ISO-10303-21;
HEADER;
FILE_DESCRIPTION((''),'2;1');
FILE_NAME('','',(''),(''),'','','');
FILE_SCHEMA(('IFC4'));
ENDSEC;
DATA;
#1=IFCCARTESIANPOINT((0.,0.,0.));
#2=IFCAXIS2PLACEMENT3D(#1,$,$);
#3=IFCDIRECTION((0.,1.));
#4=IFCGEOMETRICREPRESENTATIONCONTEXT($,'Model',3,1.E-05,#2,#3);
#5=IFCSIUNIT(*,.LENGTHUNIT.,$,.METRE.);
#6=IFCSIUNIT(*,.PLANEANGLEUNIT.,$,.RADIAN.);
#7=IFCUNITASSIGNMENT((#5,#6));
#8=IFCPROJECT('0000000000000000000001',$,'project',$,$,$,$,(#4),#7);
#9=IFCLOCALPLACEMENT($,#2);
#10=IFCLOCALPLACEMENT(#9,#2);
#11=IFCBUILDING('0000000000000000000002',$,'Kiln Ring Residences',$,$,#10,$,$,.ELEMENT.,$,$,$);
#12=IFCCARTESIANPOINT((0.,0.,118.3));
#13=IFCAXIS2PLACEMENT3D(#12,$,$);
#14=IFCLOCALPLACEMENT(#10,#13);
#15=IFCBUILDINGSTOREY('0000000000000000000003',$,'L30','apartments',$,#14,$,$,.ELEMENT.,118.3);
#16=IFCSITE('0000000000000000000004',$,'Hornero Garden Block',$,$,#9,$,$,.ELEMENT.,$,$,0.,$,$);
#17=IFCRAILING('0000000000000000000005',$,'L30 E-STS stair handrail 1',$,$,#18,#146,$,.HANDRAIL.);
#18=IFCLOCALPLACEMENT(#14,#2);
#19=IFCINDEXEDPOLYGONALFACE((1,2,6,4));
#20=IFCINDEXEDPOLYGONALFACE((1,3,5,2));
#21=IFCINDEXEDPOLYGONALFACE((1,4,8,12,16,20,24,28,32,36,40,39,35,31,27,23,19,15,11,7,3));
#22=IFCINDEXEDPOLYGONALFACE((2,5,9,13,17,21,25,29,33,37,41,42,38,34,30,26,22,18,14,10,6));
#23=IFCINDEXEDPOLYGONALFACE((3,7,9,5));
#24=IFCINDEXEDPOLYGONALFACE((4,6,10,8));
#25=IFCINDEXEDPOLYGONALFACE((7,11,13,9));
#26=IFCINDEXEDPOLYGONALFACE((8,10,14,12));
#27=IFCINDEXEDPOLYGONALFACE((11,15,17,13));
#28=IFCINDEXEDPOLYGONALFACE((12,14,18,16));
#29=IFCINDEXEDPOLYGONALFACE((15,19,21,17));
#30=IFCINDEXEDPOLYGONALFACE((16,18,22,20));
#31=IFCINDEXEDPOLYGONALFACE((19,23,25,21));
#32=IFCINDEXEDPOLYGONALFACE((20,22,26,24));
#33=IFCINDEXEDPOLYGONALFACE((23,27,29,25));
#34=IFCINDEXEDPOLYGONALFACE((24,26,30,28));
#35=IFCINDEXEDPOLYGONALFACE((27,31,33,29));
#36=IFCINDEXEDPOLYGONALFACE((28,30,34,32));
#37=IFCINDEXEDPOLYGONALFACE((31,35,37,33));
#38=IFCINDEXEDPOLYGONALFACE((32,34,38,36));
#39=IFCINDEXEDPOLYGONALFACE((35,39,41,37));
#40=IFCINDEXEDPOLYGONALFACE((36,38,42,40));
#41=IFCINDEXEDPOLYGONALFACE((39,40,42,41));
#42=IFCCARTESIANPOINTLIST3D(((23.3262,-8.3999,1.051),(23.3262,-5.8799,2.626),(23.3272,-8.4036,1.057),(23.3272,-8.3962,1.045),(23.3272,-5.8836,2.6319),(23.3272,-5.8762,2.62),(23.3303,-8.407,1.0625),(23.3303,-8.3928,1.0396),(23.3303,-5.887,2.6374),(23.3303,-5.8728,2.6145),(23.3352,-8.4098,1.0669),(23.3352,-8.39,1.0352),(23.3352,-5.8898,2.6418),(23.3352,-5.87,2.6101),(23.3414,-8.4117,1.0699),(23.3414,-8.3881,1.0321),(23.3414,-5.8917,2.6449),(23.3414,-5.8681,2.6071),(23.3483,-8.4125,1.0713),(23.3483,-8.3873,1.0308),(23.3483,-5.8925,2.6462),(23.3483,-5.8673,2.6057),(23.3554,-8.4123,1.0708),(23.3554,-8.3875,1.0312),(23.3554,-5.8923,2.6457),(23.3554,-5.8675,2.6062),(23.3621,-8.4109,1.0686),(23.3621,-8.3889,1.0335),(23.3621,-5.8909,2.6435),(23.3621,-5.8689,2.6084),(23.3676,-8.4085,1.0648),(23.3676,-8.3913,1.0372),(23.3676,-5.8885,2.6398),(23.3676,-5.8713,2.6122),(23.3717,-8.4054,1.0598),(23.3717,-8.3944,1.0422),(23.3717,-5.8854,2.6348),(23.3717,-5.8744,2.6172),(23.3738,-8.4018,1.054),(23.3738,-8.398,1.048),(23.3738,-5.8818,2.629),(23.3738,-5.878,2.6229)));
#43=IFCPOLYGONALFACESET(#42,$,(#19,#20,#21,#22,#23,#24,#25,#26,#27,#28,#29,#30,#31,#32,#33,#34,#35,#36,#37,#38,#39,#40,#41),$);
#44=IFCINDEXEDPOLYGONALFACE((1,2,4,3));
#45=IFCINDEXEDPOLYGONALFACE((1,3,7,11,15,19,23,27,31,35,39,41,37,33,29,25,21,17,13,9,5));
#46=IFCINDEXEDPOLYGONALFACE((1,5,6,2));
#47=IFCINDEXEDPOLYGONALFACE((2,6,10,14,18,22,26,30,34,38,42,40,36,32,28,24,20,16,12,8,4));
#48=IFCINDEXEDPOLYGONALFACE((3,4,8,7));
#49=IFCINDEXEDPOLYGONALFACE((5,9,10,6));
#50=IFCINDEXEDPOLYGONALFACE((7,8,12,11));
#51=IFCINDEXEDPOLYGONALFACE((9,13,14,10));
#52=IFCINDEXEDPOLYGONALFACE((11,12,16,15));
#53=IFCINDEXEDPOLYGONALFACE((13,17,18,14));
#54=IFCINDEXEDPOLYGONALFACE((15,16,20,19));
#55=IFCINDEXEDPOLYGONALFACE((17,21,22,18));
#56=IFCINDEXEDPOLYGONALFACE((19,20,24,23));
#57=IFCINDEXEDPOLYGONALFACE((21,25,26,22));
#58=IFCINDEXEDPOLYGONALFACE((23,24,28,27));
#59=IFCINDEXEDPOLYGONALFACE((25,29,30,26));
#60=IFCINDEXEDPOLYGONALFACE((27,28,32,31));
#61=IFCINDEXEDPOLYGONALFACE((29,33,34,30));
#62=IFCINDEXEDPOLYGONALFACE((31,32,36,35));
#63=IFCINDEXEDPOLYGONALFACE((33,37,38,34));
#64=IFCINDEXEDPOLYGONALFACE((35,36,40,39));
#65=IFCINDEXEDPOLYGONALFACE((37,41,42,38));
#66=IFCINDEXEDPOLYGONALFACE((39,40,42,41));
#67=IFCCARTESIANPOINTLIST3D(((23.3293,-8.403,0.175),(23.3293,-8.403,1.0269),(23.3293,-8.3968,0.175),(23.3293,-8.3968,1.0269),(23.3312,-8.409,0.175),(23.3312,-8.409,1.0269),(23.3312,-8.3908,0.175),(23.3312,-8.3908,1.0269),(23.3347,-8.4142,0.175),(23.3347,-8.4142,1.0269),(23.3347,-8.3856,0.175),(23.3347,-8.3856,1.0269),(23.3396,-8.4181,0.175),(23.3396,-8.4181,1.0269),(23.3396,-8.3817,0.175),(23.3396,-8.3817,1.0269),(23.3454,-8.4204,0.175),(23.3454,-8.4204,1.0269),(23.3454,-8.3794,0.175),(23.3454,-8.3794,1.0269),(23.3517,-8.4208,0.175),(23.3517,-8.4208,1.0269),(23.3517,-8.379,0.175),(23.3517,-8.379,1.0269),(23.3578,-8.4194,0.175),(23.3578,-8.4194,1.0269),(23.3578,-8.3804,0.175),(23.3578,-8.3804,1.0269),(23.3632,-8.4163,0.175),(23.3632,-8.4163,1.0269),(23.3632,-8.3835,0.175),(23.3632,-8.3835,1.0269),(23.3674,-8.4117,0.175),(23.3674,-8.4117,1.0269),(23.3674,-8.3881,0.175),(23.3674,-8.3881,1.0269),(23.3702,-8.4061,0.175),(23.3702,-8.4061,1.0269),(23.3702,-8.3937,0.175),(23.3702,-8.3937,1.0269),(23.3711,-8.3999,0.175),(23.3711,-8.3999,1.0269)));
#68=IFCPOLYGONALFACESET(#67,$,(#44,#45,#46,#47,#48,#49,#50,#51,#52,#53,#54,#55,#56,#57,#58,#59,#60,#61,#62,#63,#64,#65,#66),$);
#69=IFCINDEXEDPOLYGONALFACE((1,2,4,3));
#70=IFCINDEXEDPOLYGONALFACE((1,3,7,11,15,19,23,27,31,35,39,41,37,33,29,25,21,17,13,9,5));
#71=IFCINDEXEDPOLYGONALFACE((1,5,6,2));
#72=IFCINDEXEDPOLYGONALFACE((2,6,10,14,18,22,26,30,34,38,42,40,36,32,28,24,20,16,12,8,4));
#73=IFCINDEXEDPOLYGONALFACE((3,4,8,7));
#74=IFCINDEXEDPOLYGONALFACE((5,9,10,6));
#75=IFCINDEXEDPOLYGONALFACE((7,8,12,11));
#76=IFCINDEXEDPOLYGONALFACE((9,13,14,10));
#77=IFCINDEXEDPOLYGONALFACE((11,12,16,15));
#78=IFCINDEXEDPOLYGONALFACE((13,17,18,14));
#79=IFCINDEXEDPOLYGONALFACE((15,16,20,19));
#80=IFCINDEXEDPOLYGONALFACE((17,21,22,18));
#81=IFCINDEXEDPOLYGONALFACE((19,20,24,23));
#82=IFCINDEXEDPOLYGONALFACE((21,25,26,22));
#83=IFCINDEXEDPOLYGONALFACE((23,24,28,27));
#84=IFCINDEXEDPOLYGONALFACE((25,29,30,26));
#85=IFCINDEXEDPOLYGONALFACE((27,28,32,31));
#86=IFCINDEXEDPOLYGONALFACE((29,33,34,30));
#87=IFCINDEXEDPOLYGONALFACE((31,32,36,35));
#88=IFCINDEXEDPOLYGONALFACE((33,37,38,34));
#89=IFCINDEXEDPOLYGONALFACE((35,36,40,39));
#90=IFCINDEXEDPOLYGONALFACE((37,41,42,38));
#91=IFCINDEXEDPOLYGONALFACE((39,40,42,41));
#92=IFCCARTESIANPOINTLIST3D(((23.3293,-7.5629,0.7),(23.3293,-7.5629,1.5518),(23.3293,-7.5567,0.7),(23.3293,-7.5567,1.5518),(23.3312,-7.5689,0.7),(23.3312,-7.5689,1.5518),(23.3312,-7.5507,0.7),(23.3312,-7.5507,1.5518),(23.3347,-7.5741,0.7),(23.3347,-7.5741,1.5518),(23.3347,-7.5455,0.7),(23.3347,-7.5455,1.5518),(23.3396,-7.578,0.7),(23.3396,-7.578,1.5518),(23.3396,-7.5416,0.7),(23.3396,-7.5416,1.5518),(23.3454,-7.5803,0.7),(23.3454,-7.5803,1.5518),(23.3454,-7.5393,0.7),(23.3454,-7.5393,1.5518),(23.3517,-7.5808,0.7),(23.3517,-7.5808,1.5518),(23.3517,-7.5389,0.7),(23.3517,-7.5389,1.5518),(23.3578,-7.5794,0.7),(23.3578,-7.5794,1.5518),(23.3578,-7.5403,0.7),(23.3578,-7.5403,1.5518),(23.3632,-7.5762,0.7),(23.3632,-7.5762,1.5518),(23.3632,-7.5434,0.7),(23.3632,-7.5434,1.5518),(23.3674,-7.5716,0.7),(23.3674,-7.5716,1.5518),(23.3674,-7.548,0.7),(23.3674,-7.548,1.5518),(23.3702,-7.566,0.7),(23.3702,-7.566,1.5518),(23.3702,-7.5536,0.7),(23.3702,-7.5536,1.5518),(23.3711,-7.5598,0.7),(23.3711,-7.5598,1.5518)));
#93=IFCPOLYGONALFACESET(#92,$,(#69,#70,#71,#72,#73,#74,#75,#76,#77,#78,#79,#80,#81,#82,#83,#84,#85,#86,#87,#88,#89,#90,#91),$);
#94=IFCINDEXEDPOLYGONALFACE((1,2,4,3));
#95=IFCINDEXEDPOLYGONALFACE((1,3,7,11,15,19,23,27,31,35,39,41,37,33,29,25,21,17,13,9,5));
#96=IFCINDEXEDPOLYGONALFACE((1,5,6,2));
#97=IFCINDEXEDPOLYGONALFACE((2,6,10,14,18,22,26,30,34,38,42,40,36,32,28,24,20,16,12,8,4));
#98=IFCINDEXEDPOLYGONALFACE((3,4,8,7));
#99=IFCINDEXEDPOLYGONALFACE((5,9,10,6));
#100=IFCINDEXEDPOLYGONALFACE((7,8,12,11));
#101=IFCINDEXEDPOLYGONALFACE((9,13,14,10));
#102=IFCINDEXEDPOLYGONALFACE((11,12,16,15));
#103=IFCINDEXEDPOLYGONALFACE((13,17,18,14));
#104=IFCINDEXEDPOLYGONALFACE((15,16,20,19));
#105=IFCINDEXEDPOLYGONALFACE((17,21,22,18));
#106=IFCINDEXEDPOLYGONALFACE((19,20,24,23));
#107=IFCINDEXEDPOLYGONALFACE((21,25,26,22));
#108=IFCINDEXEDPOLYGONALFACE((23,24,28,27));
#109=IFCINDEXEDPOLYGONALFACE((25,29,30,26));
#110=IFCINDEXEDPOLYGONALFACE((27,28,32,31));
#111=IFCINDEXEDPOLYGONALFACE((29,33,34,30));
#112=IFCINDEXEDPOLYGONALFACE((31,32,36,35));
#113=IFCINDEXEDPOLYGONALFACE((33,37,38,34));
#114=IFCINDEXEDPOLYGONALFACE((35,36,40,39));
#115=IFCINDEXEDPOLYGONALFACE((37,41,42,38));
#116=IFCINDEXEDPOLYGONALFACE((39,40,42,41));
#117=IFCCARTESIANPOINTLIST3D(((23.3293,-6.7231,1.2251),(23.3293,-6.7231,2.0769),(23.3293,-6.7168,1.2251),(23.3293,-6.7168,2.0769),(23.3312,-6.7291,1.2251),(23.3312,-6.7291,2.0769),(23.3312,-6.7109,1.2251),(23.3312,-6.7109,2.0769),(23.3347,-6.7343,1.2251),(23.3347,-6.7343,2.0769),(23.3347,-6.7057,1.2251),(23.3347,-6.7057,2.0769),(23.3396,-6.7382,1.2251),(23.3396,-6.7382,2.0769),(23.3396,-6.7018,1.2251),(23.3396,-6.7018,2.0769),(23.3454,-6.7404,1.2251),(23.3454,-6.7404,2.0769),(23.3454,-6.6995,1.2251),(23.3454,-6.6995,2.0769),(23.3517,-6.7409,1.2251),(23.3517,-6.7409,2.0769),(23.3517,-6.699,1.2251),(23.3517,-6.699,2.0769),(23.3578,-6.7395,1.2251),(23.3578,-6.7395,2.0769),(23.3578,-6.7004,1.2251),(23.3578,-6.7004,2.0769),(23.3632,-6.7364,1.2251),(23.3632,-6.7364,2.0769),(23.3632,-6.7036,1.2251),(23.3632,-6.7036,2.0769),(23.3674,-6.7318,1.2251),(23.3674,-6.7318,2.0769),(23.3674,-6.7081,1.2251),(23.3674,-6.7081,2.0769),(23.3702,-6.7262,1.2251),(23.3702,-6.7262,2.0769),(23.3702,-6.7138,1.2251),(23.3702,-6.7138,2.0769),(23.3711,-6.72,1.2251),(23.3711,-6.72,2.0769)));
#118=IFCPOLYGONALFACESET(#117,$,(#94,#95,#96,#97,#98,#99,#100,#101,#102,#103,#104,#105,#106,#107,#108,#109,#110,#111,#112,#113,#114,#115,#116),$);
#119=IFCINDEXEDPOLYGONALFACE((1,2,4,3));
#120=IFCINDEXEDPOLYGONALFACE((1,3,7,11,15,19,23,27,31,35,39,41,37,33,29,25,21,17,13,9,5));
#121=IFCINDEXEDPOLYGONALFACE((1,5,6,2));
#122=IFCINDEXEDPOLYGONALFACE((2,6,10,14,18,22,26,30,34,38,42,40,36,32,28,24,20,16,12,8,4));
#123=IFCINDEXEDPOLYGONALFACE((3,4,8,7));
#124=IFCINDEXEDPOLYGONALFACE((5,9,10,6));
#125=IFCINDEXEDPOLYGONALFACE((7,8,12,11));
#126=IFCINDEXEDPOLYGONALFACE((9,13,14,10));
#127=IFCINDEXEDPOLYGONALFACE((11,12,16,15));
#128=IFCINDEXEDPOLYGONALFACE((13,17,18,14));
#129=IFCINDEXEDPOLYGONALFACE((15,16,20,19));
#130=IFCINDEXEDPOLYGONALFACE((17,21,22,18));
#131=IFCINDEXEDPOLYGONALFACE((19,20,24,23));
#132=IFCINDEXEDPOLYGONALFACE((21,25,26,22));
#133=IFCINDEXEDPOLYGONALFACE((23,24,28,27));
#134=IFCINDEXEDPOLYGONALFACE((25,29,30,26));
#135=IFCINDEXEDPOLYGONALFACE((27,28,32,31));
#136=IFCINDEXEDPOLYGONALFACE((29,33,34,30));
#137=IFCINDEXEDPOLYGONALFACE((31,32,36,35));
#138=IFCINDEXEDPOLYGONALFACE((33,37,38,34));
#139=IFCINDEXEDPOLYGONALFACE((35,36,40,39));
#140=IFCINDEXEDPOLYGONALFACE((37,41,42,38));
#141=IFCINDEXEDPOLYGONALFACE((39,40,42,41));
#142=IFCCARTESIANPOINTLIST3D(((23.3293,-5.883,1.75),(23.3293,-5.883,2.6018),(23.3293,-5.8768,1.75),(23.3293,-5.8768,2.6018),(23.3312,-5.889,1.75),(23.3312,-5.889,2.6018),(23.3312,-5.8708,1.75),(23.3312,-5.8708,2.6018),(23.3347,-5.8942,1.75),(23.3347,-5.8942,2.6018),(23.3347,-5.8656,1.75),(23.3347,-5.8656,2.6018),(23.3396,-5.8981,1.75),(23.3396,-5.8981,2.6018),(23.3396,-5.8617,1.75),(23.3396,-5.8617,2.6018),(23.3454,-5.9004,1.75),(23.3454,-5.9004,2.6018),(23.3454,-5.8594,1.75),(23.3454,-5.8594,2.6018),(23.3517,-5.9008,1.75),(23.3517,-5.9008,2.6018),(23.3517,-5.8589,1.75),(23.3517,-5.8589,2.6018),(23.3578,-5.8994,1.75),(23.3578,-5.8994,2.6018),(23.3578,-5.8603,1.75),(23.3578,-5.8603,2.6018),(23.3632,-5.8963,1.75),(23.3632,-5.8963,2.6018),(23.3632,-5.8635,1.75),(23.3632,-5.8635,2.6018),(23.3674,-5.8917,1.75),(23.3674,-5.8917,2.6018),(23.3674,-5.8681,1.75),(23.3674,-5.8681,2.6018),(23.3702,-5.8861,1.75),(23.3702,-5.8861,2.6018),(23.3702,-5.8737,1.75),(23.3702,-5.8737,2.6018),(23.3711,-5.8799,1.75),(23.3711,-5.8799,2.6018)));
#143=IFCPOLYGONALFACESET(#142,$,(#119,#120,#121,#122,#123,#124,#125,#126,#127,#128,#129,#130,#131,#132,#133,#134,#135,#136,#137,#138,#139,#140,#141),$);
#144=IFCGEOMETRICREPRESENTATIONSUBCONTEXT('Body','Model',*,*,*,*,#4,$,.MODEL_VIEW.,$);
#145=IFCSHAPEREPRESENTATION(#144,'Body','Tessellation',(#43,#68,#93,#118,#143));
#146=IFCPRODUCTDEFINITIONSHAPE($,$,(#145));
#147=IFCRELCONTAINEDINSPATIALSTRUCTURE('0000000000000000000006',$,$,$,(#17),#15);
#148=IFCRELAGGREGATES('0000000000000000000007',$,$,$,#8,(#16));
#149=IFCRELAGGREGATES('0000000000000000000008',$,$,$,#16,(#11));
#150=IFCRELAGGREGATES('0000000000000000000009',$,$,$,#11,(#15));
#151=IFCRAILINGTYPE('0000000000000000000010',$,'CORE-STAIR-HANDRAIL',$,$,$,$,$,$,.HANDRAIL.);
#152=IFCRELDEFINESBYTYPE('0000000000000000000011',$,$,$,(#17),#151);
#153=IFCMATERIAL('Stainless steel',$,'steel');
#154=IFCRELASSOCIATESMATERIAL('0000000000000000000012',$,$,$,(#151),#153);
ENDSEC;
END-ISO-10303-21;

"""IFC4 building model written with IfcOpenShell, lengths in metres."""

from ifc_helpers import new_model, si_unit, direction, frame, origin, origin_2d, place, context, subcontext, project, spatial, circle, extrude, material, type_object, element, save


model = new_model("IFC4")

# Units and contexts
model_context = context("Model", 3, precision=1e-05, world=origin(), true_north=direction((0.0, 1.0)))
body_context = subcontext(model_context, "Body", "Model", "MODEL_VIEW")
ifc_project = project(units=[si_unit("LENGTHUNIT", "METRE"), si_unit("PLANEANGLEUNIT", "RADIAN")], contexts=[model_context])

# Site, building, storey
site_placement = place(None, origin())
site = spatial("IfcSite", under=ifc_project, at=site_placement, Name="Hornero Garden Block", CompositionType="ELEMENT", RefElevation=0.0)
building_placement = place(site_placement, origin())
building = spatial("IfcBuilding", under=site, at=building_placement, Name="Kiln Ring Residences", CompositionType="ELEMENT")
storey_placement = place(building_placement, frame((0.0, 0.0, 118.3)))
storey = spatial("IfcBuildingStorey", under=building, at=storey_placement, Name="L30", Description="apartments", CompositionType="ELEMENT", Elevation=118.3)

# Railing
ifc_material_1 = material(Name="Stainless steel", Category="steel")
railing_type_1 = type_object("IfcRailingType", Name="CORE-STAIR-HANDRAIL", PredefinedType="HANDRAIL", material=ifc_material_1)
railing_1_placement = place(storey_placement, frame((23.3501, -8.3999, 0.175)))
element("IfcRailing", 1, at=railing_1_placement, inside=storey, type_object=railing_type_1, Name="L30 E-STS stair handrail 1", PredefinedType="HANDRAIL", context=body_context, shape_type="SweptSolid", body=[
    extrude(circle(Radius=0.0239, at=origin_2d()), frame((0.0, 0.0, 0.876), z_axis=(0.0, 0.848008, 0.529984), x_axis=(-1.0, 0.0, 0.0)), (0.0, 0.0, 1.0), 2.9717),
    extrude(circle(Radius=0.021, at=origin_2d()), origin(), (0.0, 0.0, 1.0), 0.8518),
    extrude(circle(Radius=0.021, at=origin_2d()), frame((0.0, 0.8401, 0.5249)), (0.0, 0.0, 1.0), 0.8518),
    extrude(circle(Radius=0.021, at=origin_2d()), frame((0.0, 1.6799, 1.05)), (0.0, 0.0, 1.0), 0.8518),
    extrude(circle(Radius=0.021, at=origin_2d()), frame((0.0, 2.52, 1.575)), (0.0, 0.0, 1.0), 0.8518),
])

save(model, "model.ifc")
